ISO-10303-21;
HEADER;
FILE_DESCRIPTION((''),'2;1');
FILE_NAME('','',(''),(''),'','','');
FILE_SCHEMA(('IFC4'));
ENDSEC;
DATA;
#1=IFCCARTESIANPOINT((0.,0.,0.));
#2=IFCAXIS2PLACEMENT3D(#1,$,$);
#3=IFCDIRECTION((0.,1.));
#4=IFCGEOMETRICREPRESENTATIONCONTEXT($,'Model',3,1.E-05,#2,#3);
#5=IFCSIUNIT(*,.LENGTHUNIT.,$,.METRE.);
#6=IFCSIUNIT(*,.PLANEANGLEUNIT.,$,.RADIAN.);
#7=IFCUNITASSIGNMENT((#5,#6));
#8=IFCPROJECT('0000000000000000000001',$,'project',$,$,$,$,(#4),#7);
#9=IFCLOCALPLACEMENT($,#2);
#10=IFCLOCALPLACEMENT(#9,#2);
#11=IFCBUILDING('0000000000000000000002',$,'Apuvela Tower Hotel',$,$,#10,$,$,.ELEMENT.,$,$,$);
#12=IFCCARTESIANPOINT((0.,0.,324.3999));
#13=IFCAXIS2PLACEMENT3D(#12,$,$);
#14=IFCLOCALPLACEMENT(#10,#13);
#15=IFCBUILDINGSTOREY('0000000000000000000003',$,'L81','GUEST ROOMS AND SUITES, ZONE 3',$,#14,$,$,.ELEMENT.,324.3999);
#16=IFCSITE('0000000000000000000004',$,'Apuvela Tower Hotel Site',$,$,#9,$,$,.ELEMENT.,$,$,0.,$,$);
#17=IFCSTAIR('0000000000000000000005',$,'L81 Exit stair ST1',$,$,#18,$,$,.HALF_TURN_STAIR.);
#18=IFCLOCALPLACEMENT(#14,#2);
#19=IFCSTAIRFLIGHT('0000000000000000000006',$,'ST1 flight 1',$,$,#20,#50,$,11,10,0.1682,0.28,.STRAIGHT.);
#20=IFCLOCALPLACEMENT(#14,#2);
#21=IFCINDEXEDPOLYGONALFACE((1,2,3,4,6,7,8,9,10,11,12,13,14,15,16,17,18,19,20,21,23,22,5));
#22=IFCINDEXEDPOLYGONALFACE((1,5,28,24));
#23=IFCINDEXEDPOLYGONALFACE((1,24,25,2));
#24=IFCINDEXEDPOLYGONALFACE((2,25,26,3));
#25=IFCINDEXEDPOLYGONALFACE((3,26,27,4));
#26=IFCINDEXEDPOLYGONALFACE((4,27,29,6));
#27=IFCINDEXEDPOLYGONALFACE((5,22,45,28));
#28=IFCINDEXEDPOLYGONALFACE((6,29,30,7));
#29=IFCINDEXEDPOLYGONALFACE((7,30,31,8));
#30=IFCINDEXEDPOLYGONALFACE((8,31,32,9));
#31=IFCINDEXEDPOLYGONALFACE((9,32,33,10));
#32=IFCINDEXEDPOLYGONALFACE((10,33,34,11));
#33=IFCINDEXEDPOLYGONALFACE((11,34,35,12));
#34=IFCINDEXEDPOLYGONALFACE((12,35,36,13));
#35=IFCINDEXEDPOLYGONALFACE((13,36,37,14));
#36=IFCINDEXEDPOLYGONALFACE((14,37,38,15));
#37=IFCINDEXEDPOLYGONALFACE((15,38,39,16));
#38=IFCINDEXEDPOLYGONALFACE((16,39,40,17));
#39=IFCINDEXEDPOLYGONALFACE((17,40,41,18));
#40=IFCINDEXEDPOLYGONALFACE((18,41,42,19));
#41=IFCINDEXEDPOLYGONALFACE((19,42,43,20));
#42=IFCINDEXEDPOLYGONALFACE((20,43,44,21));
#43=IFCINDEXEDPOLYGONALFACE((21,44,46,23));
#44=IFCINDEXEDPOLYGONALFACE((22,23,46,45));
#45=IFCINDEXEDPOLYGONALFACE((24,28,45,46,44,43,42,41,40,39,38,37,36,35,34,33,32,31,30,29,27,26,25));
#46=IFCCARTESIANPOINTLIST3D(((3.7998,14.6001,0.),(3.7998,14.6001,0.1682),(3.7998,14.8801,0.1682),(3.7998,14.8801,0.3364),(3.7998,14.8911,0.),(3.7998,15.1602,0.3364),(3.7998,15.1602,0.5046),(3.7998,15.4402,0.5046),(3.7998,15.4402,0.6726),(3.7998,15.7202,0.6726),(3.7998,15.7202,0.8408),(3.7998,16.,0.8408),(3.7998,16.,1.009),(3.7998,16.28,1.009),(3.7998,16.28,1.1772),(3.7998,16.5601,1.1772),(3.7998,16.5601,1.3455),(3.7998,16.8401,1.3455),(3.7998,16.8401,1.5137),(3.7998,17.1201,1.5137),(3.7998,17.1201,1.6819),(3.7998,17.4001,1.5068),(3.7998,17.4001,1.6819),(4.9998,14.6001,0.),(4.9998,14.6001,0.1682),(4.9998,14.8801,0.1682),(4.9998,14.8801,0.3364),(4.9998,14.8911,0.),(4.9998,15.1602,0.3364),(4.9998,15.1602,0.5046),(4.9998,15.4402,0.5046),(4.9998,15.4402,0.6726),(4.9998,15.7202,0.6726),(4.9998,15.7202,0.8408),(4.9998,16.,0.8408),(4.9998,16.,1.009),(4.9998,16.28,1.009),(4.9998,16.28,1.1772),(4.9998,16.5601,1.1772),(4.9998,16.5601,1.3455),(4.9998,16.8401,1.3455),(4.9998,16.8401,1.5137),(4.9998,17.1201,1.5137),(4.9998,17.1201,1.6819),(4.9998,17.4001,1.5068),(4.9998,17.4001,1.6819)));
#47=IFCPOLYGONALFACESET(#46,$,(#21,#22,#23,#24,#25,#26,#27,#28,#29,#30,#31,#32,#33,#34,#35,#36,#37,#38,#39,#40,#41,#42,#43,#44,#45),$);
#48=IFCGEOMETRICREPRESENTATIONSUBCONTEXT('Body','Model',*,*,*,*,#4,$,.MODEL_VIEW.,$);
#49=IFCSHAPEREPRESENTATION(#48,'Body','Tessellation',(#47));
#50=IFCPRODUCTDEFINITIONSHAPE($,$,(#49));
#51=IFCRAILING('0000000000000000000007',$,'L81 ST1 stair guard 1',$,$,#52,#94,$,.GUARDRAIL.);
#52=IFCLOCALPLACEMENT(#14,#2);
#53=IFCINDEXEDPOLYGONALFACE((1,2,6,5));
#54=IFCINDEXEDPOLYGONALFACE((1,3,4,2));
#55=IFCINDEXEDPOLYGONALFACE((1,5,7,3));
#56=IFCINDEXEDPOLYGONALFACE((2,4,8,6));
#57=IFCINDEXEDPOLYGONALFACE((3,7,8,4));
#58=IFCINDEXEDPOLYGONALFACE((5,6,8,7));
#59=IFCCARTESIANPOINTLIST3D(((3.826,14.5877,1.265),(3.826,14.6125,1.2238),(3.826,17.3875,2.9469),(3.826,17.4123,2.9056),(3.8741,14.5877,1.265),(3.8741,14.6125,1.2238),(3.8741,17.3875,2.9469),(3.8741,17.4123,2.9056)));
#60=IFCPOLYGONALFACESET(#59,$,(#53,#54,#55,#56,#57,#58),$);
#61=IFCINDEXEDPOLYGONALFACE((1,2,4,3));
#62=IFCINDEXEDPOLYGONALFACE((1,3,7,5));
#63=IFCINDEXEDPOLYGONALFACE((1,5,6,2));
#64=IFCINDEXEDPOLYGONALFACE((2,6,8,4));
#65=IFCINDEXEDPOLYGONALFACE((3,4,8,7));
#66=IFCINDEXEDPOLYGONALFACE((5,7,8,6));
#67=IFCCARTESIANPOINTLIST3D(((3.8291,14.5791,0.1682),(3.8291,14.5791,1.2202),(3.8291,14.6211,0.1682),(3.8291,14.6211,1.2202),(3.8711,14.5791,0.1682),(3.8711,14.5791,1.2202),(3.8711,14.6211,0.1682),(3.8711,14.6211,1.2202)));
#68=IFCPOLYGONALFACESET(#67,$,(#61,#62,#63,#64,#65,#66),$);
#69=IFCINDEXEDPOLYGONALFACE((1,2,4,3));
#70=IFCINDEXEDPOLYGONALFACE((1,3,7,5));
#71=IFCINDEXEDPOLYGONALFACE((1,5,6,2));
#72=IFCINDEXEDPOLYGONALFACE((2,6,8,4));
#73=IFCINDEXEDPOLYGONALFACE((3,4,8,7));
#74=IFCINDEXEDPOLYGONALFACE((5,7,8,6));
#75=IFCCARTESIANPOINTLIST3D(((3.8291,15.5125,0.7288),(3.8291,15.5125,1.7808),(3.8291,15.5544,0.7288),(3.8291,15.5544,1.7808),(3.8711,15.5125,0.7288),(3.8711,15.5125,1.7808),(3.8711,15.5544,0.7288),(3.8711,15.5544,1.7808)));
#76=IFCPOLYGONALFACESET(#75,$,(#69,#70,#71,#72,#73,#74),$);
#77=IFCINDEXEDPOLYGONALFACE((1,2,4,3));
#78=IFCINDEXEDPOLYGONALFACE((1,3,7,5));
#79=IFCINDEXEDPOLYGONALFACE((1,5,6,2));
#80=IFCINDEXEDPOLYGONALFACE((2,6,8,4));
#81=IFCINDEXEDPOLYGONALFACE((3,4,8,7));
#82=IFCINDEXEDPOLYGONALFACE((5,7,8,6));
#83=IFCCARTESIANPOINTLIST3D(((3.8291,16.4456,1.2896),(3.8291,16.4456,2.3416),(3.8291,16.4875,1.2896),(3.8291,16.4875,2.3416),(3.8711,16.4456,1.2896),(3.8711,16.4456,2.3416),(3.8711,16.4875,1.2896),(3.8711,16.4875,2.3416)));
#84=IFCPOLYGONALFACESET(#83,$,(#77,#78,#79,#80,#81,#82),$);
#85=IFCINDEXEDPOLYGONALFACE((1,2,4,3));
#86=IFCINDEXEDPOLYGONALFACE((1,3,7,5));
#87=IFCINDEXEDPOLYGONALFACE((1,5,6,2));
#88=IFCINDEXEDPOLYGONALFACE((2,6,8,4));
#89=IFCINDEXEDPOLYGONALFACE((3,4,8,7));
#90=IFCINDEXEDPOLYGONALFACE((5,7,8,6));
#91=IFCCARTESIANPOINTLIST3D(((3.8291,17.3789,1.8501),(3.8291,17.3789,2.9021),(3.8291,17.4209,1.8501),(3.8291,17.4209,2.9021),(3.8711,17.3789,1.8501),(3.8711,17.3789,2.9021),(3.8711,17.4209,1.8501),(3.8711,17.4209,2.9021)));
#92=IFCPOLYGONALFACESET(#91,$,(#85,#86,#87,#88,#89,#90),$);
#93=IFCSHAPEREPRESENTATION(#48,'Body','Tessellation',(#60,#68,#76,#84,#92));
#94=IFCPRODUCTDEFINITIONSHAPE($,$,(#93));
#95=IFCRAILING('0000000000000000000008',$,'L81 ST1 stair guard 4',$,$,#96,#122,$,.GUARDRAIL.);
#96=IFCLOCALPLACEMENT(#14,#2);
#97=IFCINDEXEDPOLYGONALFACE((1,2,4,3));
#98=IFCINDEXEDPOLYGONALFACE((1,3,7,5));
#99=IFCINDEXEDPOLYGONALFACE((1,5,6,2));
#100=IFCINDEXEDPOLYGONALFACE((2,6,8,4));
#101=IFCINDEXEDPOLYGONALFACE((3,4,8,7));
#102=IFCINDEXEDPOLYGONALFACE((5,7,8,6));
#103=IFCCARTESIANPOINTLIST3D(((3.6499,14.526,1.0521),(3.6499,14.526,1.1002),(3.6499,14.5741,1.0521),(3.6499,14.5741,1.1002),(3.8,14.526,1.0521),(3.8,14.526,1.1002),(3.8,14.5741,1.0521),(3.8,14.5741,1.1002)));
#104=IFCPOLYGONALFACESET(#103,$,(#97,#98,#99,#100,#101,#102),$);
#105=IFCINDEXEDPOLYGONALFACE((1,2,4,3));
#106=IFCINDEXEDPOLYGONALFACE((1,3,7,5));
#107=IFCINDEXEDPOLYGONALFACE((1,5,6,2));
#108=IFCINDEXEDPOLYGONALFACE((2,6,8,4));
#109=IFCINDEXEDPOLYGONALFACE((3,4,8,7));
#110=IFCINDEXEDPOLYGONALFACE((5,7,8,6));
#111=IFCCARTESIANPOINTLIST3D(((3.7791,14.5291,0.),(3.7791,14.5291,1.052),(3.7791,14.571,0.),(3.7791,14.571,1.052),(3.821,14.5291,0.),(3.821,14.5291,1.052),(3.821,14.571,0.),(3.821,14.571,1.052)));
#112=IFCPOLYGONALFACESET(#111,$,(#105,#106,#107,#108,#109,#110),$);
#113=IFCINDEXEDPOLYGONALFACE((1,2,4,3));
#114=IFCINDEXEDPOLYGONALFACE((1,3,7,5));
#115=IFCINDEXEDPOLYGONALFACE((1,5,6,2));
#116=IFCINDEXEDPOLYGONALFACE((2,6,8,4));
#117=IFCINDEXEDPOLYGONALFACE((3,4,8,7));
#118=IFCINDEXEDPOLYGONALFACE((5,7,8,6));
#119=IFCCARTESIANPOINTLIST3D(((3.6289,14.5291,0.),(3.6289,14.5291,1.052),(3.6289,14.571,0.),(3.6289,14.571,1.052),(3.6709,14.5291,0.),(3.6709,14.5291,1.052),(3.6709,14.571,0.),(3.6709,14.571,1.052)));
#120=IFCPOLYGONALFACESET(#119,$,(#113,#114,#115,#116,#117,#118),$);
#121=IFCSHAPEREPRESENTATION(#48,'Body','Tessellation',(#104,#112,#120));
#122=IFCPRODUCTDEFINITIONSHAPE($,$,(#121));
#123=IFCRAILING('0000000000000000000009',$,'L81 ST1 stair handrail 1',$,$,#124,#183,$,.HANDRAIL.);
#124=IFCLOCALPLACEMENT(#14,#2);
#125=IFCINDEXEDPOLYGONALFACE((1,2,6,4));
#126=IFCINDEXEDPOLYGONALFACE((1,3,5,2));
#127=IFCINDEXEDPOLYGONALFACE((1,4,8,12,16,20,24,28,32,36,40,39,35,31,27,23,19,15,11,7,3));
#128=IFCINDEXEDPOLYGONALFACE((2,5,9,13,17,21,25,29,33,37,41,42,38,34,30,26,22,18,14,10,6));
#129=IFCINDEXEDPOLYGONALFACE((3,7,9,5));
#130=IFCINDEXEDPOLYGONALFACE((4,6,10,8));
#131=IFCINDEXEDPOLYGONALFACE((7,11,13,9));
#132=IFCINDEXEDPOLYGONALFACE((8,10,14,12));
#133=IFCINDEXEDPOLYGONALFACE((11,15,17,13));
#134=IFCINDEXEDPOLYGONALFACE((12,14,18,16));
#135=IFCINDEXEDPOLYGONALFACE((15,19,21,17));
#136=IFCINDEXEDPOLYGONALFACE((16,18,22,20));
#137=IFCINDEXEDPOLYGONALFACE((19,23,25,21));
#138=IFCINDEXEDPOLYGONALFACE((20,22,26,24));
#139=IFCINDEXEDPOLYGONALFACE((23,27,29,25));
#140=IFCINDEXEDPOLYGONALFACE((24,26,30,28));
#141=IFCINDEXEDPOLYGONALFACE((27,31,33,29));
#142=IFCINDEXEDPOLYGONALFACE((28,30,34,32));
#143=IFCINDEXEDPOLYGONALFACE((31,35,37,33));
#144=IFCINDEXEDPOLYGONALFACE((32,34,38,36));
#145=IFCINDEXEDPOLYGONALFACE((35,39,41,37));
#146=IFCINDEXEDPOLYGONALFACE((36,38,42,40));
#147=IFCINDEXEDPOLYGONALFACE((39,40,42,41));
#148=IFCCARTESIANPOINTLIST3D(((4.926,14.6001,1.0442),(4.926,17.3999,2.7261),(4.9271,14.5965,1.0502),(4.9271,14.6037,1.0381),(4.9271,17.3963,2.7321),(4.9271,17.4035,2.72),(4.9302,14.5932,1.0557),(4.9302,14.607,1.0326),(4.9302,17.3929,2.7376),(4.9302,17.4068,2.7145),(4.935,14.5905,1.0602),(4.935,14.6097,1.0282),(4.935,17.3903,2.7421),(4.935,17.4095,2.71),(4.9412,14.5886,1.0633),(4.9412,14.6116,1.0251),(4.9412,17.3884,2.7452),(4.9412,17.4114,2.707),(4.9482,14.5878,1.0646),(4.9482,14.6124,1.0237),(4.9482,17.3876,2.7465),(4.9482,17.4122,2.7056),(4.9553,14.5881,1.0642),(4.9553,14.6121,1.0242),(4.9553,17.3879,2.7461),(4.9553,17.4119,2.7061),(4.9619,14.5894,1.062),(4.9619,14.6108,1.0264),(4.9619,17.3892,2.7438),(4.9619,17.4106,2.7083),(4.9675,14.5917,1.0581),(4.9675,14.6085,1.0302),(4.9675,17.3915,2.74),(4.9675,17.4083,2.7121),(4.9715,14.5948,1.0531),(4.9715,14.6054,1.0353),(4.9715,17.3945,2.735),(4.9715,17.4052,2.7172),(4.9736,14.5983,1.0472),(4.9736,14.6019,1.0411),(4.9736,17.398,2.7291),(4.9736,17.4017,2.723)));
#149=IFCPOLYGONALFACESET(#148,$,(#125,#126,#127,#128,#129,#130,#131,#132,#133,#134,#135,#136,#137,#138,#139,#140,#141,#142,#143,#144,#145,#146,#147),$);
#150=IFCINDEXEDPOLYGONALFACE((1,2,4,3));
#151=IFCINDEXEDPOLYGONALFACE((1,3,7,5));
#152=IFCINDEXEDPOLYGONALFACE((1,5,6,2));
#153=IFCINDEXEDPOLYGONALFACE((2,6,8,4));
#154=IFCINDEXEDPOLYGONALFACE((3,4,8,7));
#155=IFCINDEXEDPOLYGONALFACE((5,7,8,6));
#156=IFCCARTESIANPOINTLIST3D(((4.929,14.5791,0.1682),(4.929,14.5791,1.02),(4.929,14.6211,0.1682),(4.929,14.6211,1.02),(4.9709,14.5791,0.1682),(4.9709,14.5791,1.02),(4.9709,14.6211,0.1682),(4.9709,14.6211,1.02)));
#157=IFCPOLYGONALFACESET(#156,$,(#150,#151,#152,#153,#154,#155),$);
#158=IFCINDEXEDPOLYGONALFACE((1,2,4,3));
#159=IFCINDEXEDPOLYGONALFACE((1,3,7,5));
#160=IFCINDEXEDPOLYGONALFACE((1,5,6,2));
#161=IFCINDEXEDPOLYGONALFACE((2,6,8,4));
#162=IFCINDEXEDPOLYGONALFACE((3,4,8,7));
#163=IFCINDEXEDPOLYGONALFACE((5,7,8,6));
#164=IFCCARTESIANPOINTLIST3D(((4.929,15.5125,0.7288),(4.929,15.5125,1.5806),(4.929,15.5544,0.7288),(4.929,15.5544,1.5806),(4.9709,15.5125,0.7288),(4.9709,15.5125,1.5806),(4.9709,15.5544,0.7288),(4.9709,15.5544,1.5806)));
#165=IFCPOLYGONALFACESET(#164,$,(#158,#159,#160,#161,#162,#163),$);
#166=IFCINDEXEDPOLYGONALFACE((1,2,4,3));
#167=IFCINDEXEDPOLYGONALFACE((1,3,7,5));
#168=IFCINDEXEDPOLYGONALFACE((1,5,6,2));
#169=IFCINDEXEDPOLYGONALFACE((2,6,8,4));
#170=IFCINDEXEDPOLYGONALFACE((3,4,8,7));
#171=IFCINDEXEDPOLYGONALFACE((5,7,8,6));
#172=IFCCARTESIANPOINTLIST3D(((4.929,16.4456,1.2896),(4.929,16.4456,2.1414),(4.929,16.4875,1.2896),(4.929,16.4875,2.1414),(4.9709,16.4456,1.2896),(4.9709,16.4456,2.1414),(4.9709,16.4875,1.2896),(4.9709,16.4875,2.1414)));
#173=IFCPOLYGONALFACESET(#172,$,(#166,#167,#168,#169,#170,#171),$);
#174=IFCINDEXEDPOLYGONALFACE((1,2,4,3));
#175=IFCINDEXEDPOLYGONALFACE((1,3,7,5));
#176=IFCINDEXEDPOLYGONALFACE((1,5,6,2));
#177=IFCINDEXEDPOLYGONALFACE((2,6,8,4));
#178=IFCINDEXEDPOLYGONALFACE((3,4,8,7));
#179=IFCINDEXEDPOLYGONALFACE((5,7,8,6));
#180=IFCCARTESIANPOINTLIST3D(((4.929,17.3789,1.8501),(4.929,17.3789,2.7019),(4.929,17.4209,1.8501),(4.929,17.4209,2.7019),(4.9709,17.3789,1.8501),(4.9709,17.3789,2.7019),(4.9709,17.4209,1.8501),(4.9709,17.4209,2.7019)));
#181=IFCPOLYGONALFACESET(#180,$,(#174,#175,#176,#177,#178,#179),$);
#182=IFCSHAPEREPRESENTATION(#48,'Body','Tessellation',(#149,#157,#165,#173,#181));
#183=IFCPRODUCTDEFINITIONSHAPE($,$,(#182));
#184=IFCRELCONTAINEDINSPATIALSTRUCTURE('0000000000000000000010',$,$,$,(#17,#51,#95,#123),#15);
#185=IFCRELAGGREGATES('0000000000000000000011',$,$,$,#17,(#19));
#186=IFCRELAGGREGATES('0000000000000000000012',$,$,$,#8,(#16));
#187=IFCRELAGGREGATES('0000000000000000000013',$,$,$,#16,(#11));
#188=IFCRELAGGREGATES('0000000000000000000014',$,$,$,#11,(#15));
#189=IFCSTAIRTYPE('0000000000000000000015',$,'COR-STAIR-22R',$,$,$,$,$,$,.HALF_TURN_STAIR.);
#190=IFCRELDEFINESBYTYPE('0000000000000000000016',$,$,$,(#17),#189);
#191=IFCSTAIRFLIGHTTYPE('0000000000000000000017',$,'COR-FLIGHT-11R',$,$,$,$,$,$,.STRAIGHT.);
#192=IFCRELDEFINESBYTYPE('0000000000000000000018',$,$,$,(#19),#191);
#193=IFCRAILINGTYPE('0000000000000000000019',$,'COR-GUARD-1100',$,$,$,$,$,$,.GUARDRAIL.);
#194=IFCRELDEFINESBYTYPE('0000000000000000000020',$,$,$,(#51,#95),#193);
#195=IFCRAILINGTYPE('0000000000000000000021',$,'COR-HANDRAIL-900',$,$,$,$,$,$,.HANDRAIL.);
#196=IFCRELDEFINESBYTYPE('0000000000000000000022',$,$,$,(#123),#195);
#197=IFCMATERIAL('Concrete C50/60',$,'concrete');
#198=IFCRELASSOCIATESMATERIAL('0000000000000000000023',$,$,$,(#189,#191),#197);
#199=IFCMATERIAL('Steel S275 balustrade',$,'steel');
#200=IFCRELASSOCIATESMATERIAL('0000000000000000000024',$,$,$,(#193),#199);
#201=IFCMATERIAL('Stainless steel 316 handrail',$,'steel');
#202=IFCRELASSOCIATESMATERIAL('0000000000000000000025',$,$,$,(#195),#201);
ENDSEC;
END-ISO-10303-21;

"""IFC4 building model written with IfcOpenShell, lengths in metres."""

from ifc_helpers import new_model, si_unit, direction, frame, origin, origin_2d, place, context, subcontext, project, spatial, polyline, rectangle, circle, outline, extrude, material, type_object, element, aggregate, save


model = new_model("IFC4")

# Units and contexts
model_context = context("Model", 3, precision=1e-05, world=origin(), true_north=direction((0.0, 1.0)))
body_context = subcontext(model_context, "Body", "Model", "MODEL_VIEW")
ifc_project = project(units=[si_unit("LENGTHUNIT", "METRE"), si_unit("PLANEANGLEUNIT", "RADIAN")], contexts=[model_context])

# Site, building, storey
site_placement = place(None, origin())
site = spatial("IfcSite", under=ifc_project, at=site_placement, Name="Apuvela Tower Hotel Site", CompositionType="ELEMENT", RefElevation=0.0)
building_placement = place(site_placement, origin())
building = spatial("IfcBuilding", under=site, at=building_placement, Name="Apuvela Tower Hotel", CompositionType="ELEMENT")
storey_placement = place(building_placement, frame((0.0, 0.0, 324.3999)))
storey = spatial("IfcBuildingStorey", under=building, at=storey_placement, Name="L81", Description="GUEST ROOMS AND SUITES, ZONE 3", CompositionType="ELEMENT", Elevation=324.3999)

# Shared definitions
ifc_material_1 = material(Name="Concrete C50/60", Category="concrete")

# Stair, stair flight
stair_type = type_object("IfcStairType", Name="COR-STAIR-22R", PredefinedType="HALF_TURN_STAIR", material=ifc_material_1)
stair_placement = place(storey_placement, origin())
stair = element("IfcStair", 1, at=stair_placement, inside=storey, type_object=stair_type, Name="L81 Exit stair ST1", PredefinedType="HALF_TURN_STAIR")
stair_flight_type = type_object("IfcStairFlightType", Name="COR-FLIGHT-11R", PredefinedType="STRAIGHT", material=ifc_material_1)
stair_flight_placement = place(storey_placement, frame((4.3999, 14.6001, 0.0), z_axis=(0.0, 0.0, 1.0), x_axis=(0.0, 1.0, 0.0)))
stair_flight = element("IfcStairFlight", 2, at=stair_flight_placement, type_object=stair_flight_type, Name="ST1 flight 1", NumberOfRisers=11, NumberOfTreads=10, PredefinedType="STRAIGHT", RiserHeight=0.1682, TreadLength=0.28, context=body_context, shape_type="SweptSolid", body=[
    extrude(outline(polyline([(0.0, 0.0), (0.0, 0.1682), (0.28, 0.1682), (0.28, 0.3364), (0.5601, 0.3364), (0.5601, 0.5046), (0.8401, 0.5046), (0.8401, 0.6726), (1.1201, 0.6726), (1.1201, 0.8408), (1.3999, 0.8408), (1.3999, 1.009), (1.6799, 1.009), (1.6799, 1.1772), (1.96, 1.1772), (1.96, 1.3455), (2.24, 1.3455), (2.24, 1.5137), (2.52, 1.5137), (2.52, 1.6819), (2.8, 1.6819), (2.8, 1.8501), (2.8, 1.5068), (0.291, 0.0), (0.0, 0.0)])), frame((0.0, 0.6001, 0.0), z_axis=(0.0, -1.0, 0.0), x_axis=(1.0, 0.0, 0.0)), (0.0, 0.0, 1.0), 1.2),
])
aggregate(stair, [stair_flight])

# Railings
ifc_material_2 = material(Name="Steel S275 balustrade", Category="steel")
railing_type_1 = type_object("IfcRailingType", Name="COR-GUARD-1100", PredefinedType="GUARDRAIL", material=ifc_material_2)
railing_1_placement = place(storey_placement, frame((3.8501, 14.6001, 0.1682)))
element("IfcRailing", 3, at=railing_1_placement, inside=storey, type_object=railing_type_1, Name="L81 ST1 stair guard 1", PredefinedType="GUARDRAIL", context=body_context, shape_type="SweptSolid", body=[
    extrude(rectangle(XDim=0.0481, YDim=0.0481, at=origin_2d()), frame((0.0, 0.0, 1.0762), z_axis=(0.0, 0.857222, 0.514946), x_axis=(-1.0, 0.0, 0.0)), (0.0, 0.0, 1.0), 3.2661),
    extrude(rectangle(XDim=0.042, YDim=0.042, at=origin_2d()), origin(), (0.0, 0.0, 1.0), 1.052),
    extrude(rectangle(XDim=0.042, YDim=0.042, at=origin_2d()), frame((0.0, 0.9333, 0.5605)), (0.0, 0.0, 1.0), 1.052),
    extrude(rectangle(XDim=0.042, YDim=0.042, at=origin_2d()), frame((0.0, 1.8665, 1.1213)), (0.0, 0.0, 1.0), 1.052),
    extrude(rectangle(XDim=0.042, YDim=0.042, at=origin_2d()), frame((0.0, 2.7998, 1.6819)), (0.0, 0.0, 1.0), 1.052),
])
railing_2_placement = place(storey_placement, frame((3.8, 14.55, 0.0)))
element("IfcRailing", 4, at=railing_2_placement, inside=storey, type_object=railing_type_1, Name="L81 ST1 stair guard 4", PredefinedType="GUARDRAIL", context=body_context, shape_type="SweptSolid", body=[
    extrude(rectangle(XDim=0.0481, YDim=0.0481, at=origin_2d()), frame((0.0, 0.0, 1.0762), z_axis=(-1.0, 0.0, 0.0), x_axis=(0.0, -1.0, 0.0)), (0.0, 0.0, 1.0), 0.1501),
    extrude(rectangle(XDim=0.042, YDim=0.042, at=origin_2d()), origin(), (0.0, 0.0, 1.0), 1.052),
    extrude(rectangle(XDim=0.042, YDim=0.042, at=origin_2d()), frame((-0.1501, 0.0, 0.0)), (0.0, 0.0, 1.0), 1.052),
])
ifc_material_3 = material(Name="Stainless steel 316 handrail", Category="steel")
railing_type_2 = type_object("IfcRailingType", Name="COR-HANDRAIL-900", PredefinedType="HANDRAIL", material=ifc_material_3)
railing_3_placement = place(storey_placement, frame((4.95, 14.6001, 0.1682)))
element("IfcRailing", 5, at=railing_3_placement, inside=storey, type_object=railing_type_2, Name="L81 ST1 stair handrail 1", PredefinedType="HANDRAIL", context=body_context, shape_type="SweptSolid", body=[
    extrude(circle(Radius=0.0239, at=origin_2d()), frame((0.0, 0.0, 0.876), z_axis=(0.0, 0.857222, 0.514946), x_axis=(-1.0, 0.0, 0.0)), (0.0, 0.0, 1.0), 3.2661),
    extrude(rectangle(XDim=0.042, YDim=0.042, at=origin_2d()), origin(), (0.0, 0.0, 1.0), 0.8518),
    extrude(rectangle(XDim=0.042, YDim=0.042, at=origin_2d()), frame((0.0, 0.9333, 0.5605)), (0.0, 0.0, 1.0), 0.8518),
    extrude(rectangle(XDim=0.042, YDim=0.042, at=origin_2d()), frame((0.0, 1.8665, 1.1213)), (0.0, 0.0, 1.0), 0.8518),
    extrude(rectangle(XDim=0.042, YDim=0.042, at=origin_2d()), frame((0.0, 2.7998, 1.6819)), (0.0, 0.0, 1.0), 0.8518),
])

save(model, "model.ifc")
